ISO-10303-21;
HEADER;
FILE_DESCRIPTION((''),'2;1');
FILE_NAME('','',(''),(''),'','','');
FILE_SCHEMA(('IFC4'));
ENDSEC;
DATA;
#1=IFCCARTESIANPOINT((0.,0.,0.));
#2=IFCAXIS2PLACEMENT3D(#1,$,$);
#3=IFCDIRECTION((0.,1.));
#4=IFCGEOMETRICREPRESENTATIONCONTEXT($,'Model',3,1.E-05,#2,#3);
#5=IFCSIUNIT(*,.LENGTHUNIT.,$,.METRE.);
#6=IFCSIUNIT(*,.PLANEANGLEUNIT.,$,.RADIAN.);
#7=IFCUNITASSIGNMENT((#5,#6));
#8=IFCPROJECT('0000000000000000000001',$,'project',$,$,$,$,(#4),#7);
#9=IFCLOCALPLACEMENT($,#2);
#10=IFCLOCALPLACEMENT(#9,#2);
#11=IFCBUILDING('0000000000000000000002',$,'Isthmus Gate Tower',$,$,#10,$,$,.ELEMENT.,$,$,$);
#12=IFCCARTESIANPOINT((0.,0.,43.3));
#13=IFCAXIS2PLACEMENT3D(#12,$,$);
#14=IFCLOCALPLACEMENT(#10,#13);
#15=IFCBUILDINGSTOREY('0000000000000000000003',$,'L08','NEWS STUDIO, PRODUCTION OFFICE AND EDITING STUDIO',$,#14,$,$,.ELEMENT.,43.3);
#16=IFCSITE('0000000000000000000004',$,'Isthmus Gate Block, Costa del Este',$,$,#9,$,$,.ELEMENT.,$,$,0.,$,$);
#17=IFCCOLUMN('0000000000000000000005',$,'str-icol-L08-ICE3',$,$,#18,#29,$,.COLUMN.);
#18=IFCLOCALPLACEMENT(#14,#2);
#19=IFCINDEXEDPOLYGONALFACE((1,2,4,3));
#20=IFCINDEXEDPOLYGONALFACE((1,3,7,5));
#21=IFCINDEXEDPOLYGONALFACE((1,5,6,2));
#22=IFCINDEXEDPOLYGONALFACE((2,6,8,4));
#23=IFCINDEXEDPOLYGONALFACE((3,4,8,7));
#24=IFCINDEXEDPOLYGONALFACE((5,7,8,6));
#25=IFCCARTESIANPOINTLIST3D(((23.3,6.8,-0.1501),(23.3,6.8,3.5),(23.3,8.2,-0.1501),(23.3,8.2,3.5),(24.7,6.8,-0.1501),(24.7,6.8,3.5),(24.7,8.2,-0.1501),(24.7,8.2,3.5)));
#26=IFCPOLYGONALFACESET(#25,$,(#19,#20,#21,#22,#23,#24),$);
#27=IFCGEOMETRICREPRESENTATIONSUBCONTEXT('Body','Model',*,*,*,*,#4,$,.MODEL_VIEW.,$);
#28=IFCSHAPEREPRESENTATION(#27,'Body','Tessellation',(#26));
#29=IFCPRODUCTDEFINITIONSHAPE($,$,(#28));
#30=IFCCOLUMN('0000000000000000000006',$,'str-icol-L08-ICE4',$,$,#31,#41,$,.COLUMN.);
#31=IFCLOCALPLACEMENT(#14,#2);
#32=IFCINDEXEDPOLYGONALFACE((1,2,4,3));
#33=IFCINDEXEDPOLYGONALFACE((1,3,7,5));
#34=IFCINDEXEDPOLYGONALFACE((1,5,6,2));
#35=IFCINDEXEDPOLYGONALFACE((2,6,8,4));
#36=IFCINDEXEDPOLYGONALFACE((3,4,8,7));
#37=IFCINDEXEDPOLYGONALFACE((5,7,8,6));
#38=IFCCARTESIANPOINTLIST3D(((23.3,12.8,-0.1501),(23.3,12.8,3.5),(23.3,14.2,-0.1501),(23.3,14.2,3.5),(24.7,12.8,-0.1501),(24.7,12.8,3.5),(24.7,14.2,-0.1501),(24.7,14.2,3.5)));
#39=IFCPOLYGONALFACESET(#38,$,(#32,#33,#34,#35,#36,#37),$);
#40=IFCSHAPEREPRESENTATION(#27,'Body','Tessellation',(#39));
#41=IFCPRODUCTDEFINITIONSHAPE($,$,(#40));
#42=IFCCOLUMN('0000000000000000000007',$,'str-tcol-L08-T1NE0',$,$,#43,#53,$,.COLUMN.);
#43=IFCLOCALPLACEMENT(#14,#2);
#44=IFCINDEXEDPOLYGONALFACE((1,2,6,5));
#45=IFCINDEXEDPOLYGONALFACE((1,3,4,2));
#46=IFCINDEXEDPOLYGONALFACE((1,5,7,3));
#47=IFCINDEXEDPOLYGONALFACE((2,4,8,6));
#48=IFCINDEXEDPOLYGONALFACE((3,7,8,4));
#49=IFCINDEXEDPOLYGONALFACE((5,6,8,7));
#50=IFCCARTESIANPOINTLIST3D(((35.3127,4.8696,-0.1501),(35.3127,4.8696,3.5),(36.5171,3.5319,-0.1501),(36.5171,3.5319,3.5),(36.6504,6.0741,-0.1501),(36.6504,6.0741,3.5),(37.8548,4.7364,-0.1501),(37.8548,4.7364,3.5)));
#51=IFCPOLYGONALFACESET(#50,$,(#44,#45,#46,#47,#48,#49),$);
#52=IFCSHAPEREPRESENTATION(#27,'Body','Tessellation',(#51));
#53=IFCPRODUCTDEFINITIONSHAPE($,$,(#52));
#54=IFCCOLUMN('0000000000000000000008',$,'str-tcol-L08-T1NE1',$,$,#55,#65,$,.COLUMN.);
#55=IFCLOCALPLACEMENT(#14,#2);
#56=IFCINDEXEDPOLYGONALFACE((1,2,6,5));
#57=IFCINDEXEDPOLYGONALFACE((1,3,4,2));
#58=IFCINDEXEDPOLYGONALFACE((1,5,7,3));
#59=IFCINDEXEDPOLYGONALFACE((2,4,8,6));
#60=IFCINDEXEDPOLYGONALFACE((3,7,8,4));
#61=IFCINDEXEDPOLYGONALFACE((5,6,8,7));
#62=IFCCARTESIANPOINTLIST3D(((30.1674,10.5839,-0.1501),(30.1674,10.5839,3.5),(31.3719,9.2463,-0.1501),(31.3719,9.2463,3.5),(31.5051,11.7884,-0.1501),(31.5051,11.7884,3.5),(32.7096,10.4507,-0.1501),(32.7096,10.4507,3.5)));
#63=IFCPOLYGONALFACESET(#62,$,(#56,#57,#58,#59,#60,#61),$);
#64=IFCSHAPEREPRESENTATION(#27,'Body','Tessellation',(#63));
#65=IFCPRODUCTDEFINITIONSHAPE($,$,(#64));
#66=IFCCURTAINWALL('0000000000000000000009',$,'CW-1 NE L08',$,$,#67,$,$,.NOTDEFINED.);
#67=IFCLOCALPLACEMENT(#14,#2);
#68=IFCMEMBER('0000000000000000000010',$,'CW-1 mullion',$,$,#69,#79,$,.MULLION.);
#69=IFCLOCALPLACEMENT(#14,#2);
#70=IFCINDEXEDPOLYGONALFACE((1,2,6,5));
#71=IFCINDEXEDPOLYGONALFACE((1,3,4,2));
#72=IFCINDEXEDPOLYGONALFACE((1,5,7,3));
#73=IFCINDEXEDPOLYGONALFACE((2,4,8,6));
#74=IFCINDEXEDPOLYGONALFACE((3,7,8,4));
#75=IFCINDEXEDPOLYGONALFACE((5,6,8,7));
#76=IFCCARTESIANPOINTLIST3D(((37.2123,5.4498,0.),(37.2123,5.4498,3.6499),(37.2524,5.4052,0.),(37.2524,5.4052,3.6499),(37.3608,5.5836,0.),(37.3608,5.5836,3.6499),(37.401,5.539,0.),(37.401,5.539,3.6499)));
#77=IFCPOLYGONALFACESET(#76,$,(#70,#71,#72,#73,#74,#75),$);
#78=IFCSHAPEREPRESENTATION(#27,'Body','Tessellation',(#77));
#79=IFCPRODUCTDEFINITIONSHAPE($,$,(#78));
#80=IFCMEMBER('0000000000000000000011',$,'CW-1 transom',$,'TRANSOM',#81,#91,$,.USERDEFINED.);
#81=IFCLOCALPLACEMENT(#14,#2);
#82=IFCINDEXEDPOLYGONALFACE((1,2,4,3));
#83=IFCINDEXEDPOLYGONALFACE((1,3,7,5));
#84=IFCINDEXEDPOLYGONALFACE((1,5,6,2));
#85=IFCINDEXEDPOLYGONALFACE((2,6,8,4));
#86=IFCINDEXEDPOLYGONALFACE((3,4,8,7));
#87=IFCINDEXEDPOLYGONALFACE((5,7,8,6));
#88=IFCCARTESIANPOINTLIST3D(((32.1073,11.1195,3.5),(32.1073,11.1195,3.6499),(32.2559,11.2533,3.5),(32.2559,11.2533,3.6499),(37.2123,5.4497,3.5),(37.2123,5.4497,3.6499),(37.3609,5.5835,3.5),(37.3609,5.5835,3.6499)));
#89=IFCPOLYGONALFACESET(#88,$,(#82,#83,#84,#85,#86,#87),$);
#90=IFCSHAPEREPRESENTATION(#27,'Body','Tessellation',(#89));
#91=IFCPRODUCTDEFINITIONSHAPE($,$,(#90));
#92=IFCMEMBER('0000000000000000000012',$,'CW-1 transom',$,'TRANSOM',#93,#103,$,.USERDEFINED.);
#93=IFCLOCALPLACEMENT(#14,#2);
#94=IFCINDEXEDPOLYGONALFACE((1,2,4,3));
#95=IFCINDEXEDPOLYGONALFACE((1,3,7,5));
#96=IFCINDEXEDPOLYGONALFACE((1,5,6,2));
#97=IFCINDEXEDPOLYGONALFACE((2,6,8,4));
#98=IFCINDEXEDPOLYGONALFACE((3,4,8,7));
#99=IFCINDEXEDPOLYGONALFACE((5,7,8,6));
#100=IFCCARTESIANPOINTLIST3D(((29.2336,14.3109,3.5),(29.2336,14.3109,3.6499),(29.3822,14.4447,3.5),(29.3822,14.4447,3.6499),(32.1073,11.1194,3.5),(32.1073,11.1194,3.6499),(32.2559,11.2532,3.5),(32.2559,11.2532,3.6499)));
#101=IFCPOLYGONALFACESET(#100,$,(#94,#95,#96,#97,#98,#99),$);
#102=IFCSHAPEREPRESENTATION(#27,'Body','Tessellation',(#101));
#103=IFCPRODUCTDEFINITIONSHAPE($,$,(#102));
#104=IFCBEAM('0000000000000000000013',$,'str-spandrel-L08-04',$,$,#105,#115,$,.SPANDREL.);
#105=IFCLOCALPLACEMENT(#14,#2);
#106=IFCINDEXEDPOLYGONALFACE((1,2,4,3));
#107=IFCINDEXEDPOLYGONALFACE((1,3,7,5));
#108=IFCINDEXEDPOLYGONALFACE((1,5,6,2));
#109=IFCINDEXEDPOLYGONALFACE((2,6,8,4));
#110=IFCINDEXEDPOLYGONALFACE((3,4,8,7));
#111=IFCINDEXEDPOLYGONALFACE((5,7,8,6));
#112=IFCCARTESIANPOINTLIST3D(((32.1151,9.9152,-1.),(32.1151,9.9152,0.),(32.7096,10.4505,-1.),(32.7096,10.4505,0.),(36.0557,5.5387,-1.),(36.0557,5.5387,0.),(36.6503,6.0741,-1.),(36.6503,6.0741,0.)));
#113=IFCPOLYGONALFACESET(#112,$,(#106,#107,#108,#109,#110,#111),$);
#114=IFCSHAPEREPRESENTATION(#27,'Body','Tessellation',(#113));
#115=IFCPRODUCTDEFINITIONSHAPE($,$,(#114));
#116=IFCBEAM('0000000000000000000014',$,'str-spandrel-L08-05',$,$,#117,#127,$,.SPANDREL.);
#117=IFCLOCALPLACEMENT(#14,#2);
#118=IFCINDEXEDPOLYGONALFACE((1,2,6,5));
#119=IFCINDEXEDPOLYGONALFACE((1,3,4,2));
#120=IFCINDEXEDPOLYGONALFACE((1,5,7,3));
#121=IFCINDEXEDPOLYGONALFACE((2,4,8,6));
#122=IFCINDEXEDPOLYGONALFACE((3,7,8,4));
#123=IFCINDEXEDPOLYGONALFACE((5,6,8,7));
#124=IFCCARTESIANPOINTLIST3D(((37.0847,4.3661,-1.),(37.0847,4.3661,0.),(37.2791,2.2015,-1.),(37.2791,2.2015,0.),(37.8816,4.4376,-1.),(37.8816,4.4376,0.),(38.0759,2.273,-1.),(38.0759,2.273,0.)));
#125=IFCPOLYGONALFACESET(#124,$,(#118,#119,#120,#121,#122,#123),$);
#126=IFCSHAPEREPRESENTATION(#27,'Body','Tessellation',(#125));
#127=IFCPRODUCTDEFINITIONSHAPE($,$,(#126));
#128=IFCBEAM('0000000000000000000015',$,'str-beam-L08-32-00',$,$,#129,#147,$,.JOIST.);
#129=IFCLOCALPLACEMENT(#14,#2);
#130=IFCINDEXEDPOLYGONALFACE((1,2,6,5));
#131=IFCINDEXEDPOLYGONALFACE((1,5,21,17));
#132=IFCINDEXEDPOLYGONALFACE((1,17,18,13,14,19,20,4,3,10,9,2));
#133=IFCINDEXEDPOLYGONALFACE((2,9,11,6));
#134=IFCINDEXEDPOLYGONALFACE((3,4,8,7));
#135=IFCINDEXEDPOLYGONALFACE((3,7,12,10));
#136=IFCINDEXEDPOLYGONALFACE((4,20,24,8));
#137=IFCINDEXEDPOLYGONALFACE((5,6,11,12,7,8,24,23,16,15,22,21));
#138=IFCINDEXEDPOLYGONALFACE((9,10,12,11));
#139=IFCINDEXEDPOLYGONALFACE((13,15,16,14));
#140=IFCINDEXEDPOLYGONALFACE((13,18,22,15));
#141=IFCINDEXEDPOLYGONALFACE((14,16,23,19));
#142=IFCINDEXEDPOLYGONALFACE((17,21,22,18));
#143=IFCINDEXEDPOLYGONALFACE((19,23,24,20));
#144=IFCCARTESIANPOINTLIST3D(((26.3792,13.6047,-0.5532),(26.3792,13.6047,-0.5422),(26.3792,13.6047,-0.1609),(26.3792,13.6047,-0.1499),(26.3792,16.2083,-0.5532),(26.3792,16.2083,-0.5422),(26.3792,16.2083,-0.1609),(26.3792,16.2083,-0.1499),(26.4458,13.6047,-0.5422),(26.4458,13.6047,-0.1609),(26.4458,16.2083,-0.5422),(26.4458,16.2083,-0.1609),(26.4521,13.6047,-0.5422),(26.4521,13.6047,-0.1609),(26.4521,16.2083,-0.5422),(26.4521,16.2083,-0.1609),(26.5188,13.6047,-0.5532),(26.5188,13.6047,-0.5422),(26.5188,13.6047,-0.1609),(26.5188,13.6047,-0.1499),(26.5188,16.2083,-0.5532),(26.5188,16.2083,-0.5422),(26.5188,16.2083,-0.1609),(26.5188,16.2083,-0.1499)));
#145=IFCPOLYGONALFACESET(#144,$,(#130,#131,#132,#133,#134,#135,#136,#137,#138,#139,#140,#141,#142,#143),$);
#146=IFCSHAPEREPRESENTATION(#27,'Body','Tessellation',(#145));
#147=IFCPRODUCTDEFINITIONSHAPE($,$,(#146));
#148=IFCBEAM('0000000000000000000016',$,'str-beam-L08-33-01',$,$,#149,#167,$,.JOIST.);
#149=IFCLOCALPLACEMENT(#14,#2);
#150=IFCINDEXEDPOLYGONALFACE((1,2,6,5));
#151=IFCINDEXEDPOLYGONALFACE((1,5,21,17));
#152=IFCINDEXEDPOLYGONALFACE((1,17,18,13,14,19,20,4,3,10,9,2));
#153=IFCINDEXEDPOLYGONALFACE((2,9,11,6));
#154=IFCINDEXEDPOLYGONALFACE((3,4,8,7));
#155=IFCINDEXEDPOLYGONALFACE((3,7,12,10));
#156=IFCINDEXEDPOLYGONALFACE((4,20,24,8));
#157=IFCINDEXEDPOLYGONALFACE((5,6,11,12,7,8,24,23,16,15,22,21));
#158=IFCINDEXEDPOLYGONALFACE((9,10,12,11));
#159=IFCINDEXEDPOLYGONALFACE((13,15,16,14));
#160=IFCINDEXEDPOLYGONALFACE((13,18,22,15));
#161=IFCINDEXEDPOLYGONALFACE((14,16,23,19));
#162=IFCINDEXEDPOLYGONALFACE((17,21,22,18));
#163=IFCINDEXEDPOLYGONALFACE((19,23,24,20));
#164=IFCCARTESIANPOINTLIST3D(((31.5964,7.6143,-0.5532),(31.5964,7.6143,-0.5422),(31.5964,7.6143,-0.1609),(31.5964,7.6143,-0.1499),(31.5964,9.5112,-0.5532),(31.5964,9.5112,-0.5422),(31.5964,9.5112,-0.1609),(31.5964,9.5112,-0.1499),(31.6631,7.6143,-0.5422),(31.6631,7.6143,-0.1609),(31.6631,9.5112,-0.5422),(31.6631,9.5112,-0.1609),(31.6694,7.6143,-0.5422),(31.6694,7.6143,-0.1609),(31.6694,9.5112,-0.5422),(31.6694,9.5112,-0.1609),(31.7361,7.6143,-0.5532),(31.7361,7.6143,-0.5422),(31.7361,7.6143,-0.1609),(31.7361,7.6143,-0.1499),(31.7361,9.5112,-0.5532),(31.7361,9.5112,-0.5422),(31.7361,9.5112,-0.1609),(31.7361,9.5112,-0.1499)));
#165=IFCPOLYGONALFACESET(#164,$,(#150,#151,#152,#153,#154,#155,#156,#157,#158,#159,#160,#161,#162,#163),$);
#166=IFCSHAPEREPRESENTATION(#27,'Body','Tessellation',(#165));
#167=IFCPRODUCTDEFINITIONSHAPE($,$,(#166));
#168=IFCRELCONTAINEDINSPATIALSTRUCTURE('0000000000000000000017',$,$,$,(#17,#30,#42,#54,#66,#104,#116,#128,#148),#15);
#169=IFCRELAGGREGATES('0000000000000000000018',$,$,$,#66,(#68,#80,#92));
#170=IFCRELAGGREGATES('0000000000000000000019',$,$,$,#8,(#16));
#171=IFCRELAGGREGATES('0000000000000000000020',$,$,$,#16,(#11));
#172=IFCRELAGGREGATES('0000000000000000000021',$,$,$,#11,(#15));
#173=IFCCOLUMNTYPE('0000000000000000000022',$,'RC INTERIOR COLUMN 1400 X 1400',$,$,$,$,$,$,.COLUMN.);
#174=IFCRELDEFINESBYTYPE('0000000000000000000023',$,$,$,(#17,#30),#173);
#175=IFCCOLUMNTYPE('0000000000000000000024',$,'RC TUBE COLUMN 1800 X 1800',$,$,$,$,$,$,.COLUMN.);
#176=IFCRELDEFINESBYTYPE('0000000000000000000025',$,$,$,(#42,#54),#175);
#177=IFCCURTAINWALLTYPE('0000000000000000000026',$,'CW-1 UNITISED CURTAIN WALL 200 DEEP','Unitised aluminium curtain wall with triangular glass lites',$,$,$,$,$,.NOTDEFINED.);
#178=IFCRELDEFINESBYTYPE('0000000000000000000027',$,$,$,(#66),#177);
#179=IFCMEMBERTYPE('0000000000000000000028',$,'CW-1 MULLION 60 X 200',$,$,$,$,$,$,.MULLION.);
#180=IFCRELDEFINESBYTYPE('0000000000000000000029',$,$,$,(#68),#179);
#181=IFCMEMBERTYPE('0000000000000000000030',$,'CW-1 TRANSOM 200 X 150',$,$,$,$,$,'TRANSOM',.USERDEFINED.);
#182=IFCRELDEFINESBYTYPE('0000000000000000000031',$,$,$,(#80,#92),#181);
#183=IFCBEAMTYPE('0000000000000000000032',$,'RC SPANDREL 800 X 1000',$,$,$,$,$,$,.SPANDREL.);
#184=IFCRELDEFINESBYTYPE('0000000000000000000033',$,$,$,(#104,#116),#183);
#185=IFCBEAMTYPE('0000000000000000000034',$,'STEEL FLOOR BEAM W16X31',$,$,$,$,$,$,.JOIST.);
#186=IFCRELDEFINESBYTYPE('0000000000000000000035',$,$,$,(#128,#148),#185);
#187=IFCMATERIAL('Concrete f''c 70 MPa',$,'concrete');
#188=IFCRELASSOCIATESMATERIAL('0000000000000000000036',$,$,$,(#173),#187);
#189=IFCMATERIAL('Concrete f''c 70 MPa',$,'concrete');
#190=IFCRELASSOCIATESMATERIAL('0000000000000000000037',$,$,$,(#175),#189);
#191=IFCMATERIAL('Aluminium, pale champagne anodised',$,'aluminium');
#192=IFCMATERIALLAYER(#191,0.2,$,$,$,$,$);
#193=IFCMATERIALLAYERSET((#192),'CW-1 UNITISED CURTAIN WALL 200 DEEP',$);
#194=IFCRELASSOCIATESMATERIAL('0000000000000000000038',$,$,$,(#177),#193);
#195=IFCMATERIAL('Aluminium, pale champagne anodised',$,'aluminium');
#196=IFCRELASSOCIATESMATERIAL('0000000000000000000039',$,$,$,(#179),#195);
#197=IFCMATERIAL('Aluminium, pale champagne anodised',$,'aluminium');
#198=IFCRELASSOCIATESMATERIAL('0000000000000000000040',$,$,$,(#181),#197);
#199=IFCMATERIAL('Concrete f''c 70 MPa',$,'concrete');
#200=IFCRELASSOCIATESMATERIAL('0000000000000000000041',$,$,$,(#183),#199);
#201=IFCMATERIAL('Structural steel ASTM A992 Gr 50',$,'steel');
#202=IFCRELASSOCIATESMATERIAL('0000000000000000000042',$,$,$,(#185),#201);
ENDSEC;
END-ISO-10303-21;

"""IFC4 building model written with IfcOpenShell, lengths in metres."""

from ifc_helpers import new_model, si_unit, direction, frame, origin, origin_2d, place, context, subcontext, project, spatial, rectangle, i_section, extrude, material, layer, layer_set, material_profile, profile_set, type_object, element, aggregate, save


model = new_model("IFC4")

# Units and contexts
model_context = context("Model", 3, precision=1e-05, world=origin(), true_north=direction((0.0, 1.0)))
body_context = subcontext(model_context, "Body", "Model", "MODEL_VIEW")
ifc_project = project(units=[si_unit("LENGTHUNIT", "METRE"), si_unit("PLANEANGLEUNIT", "RADIAN")], contexts=[model_context])

# Site, building, storey
site_placement = place(None, origin())
site = spatial("IfcSite", under=ifc_project, at=site_placement, Name="Isthmus Gate Block, Costa del Este", CompositionType="ELEMENT", RefElevation=0.0)
building_placement = place(site_placement, origin())
building = spatial("IfcBuilding", under=site, at=building_placement, Name="Isthmus Gate Tower", CompositionType="ELEMENT")
storey_placement = place(building_placement, frame((0.0, 0.0, 43.3)))
storey = spatial("IfcBuildingStorey", under=building, at=storey_placement, Name="L08", Description="NEWS STUDIO, PRODUCTION OFFICE AND EDITING STUDIO", CompositionType="ELEMENT", Elevation=43.3)

# Columns
ifc_material_1 = material(Name="Concrete f'c 70 MPa", Category="concrete")
ifc_material_profile_1 = material_profile(ifc_material_1, rectangle(XDim=1.3999, YDim=1.3999, at=origin_2d()), Name="RC 1400X1400")
ifc_profile_set_1 = profile_set([ifc_material_profile_1], Name="Concrete f'c 70 MPa")
column_type_1 = type_object("IfcColumnType", Name="RC INTERIOR COLUMN 1400 X 1400", PredefinedType="COLUMN", material=ifc_profile_set_1)
for number, where, z_axis, x_axis, name in (
    (1, (24.0, 7.5, -0.1501), (0.0, 0.0, 1.0), (1.0, 0.0, 0.0), "str-icol-L08-ICE3"),
    (2, (24.0, 13.5, -0.1501), (0.0, 0.0, 1.0), (1.0, 0.0, 0.0), "str-icol-L08-ICE4"),
):
    element("IfcColumn", number, at=place(storey_placement, frame(where, z_axis=z_axis, x_axis=x_axis)), inside=storey, type_object=column_type_1, Name=name, PredefinedType="COLUMN", context=body_context, shape_type="SweptSolid", body=[
        extrude(rectangle(XDim=1.3999, YDim=1.3999, at=origin_2d()), origin(), (0.0, 0.0, 1.0), 3.6501),
    ])
ifc_material_2 = material(Name="Concrete f'c 70 MPa", Category="concrete")
ifc_material_profile_2 = material_profile(ifc_material_2, rectangle(XDim=1.8, YDim=1.8, at=origin_2d()), Name="RC 1800X1800")
ifc_profile_set_2 = profile_set([ifc_material_profile_2], Name="Concrete f'c 70 MPa")
column_type_2 = type_object("IfcColumnType", Name="RC TUBE COLUMN 1800 X 1800", PredefinedType="COLUMN", material=ifc_profile_set_2)
for number, where, z_axis, x_axis, name in (
    (3, (36.5837, 4.803, -0.1501), (0.0, 0.0, 1.0), (-0.669131, 0.743145, 0.0), "str-tcol-L08-T1NE0"),
    (4, (31.4385, 10.5173, -0.1501), (0.0, 0.0, 1.0), (-0.669131, 0.743145, 0.0), "str-tcol-L08-T1NE1"),
):
    element("IfcColumn", number, at=place(storey_placement, frame(where, z_axis=z_axis, x_axis=x_axis)), inside=storey, type_object=column_type_2, Name=name, PredefinedType="COLUMN", context=body_context, shape_type="SweptSolid", body=[
        extrude(rectangle(XDim=1.8, YDim=1.8, at=origin_2d()), origin(), (0.0, 0.0, 1.0), 3.6501),
    ])

# Curtain wall, members
ifc_material_3 = material(Name="Aluminium, pale champagne anodised", Category="aluminium")
ifc_layer_1 = layer(ifc_material_3, 0.2)
ifc_layer_set_1 = layer_set([ifc_layer_1], Name="CW-1 UNITISED CURTAIN WALL 200 DEEP")
curtain_wall_type = type_object("IfcCurtainWallType", Name="CW-1 UNITISED CURTAIN WALL 200 DEEP", Description="Unitised aluminium curtain wall with triangular glass lites", PredefinedType="NOTDEFINED", material=ifc_layer_set_1)
curtain_wall_placement = place(storey_placement, origin())
curtain_wall = element("IfcCurtainWall", 5, at=curtain_wall_placement, inside=storey, type_object=curtain_wall_type, Name="CW-1 NE L08", PredefinedType="NOTDEFINED")
ifc_material_4 = material(Name="Aluminium, pale champagne anodised", Category="aluminium")
ifc_material_profile_3 = material_profile(ifc_material_4, rectangle(XDim=0.0601, YDim=0.2, at=origin_2d()), Name="60x200")
ifc_profile_set_3 = profile_set([ifc_material_profile_3], Name="Aluminium, pale champagne anodised")
member_type_1 = type_object("IfcMemberType", Name="CW-1 MULLION 60 X 200", PredefinedType="MULLION", material=ifc_profile_set_3)
member_1_placement = place(storey_placement, frame((37.3066, 5.4944, 0.0), z_axis=(0.0, 0.0, 1.0), x_axis=(-0.669131, 0.743145, 0.0)))
member_1 = element("IfcMember", 6, at=member_1_placement, type_object=member_type_1, Name="CW-1 mullion", PredefinedType="MULLION", context=body_context, shape_type="SweptSolid", body=[
    extrude(rectangle(XDim=0.0601, YDim=0.2, at=origin_2d()), origin(), (0.0, 0.0, 1.0), 3.6499),
])
ifc_material_5 = material(Name="Aluminium, pale champagne anodised", Category="aluminium")
ifc_material_profile_4 = material_profile(ifc_material_5, rectangle(XDim=0.2, YDim=0.1499, at=origin_2d()), Name="200x150")
ifc_profile_set_4 = profile_set([ifc_material_profile_4], Name="Aluminium, pale champagne anodised")
member_type_2 = type_object("IfcMemberType", Name="CW-1 TRANSOM 200 X 150", ElementType="TRANSOM", PredefinedType="USERDEFINED", material=ifc_profile_set_4)
member_2_placement = place(storey_placement, frame((37.2866, 5.5166, 3.575), z_axis=(-0.669129, 0.743146, 0.0), x_axis=(-0.743146, -0.669129, 0.0)))
member_2 = element("IfcMember", 7, at=member_2_placement, type_object=member_type_2, Name="CW-1 transom", ObjectType="TRANSOM", PredefinedType="USERDEFINED", context=body_context, shape_type="SweptSolid", body=[
    extrude(rectangle(XDim=0.2, YDim=0.1499, at=origin_2d()), origin(), (0.0, 0.0, 1.0), 7.6294),
])
member_3_placement = place(storey_placement, frame((32.1816, 11.1863, 3.575), z_axis=(-0.669131, 0.743144, 0.0), x_axis=(-0.743144, -0.669131, 0.0)))
member_3 = element("IfcMember", 8, at=member_3_placement, type_object=member_type_2, Name="CW-1 transom", ObjectType="TRANSOM", PredefinedType="USERDEFINED", context=body_context, shape_type="SweptSolid", body=[
    extrude(rectangle(XDim=0.2, YDim=0.1499, at=origin_2d()), origin(), (0.0, 0.0, 1.0), 4.2947),
])

# Beams
ifc_material_6 = material(Name="Concrete f'c 70 MPa", Category="concrete")
ifc_material_profile_5 = material_profile(ifc_material_6, rectangle(XDim=0.8, YDim=1.0, at=origin_2d()), Name="RC 800X1000")
ifc_profile_set_5 = profile_set([ifc_material_profile_5], Name="Concrete f'c 70 MPa")
beam_type_1 = type_object("IfcBeamType", Name="RC SPANDREL 800 X 1000", PredefinedType="SPANDREL", material=ifc_profile_set_5)
beam_1_placement = place(storey_placement, frame((32.4124, 10.1829, -0.5), z_axis=(0.669139, -0.743137, 0.0), x_axis=(0.743137, 0.669139, 0.0)))
element("IfcBeam", 9, at=beam_1_placement, inside=storey, type_object=beam_type_1, Name="str-spandrel-L08-04", PredefinedType="SPANDREL", context=body_context, shape_type="SweptSolid", body=[
    extrude(rectangle(XDim=0.8, YDim=1.0, at=origin_2d()), origin(), (0.0, 0.0, 1.0), 5.8892),
])
beam_2_placement = place(storey_placement, frame((37.4832, 4.4019, -0.5), z_axis=(0.089422, -0.995994, 0.0), x_axis=(0.995994, 0.089422, 0.0)))
element("IfcBeam", 10, at=beam_2_placement, inside=storey, type_object=beam_type_1, Name="str-spandrel-L08-05", PredefinedType="SPANDREL", context=body_context, shape_type="SweptSolid", body=[
    extrude(rectangle(XDim=0.8, YDim=1.0, at=origin_2d()), origin(), (0.0, 0.0, 1.0), 2.1733),
])
ifc_material_7 = material(Name="Structural steel ASTM A992 Gr 50", Category="steel")
ifc_material_profile_6 = material_profile(ifc_material_7, i_section(OverallWidth=0.1396, OverallDepth=0.4033, WebThickness=0.0063, FlangeThickness=0.011, at=origin_2d()), Name="W16X31")
ifc_profile_set_6 = profile_set([ifc_material_profile_6], Name="Structural steel ASTM A992 Gr 50")
beam_type_2 = type_object("IfcBeamType", Name="STEEL FLOOR BEAM W16X31", PredefinedType="JOIST", material=ifc_profile_set_6)
beam_3_placement = place(storey_placement, frame((26.449, 13.6047, -0.3516), z_axis=(0.0, 1.0, 0.0), x_axis=(-1.0, 0.0, 0.0)))
element("IfcBeam", 11, at=beam_3_placement, inside=storey, type_object=beam_type_2, Name="str-beam-L08-32-00", PredefinedType="JOIST", context=body_context, shape_type="SweptSolid", body=[
    extrude(i_section(OverallWidth=0.1396, OverallDepth=0.4033, WebThickness=0.0063, FlangeThickness=0.011, at=origin_2d()), origin(), (0.0, 0.0, 1.0), 2.6035),
])
beam_4_placement = place(storey_placement, frame((31.6663, 7.6143, -0.3516), z_axis=(0.0, 1.0, 0.0), x_axis=(-1.0, 0.0, 0.0)))
element("IfcBeam", 12, at=beam_4_placement, inside=storey, type_object=beam_type_2, Name="str-beam-L08-33-01", PredefinedType="JOIST", context=body_context, shape_type="SweptSolid", body=[
    extrude(i_section(OverallWidth=0.1396, OverallDepth=0.4033, WebThickness=0.0063, FlangeThickness=0.011, at=origin_2d()), origin(), (0.0, 0.0, 1.0), 1.897),
])

aggregate(curtain_wall, [member_1, member_2, member_3])

save(model, "model.ifc")
